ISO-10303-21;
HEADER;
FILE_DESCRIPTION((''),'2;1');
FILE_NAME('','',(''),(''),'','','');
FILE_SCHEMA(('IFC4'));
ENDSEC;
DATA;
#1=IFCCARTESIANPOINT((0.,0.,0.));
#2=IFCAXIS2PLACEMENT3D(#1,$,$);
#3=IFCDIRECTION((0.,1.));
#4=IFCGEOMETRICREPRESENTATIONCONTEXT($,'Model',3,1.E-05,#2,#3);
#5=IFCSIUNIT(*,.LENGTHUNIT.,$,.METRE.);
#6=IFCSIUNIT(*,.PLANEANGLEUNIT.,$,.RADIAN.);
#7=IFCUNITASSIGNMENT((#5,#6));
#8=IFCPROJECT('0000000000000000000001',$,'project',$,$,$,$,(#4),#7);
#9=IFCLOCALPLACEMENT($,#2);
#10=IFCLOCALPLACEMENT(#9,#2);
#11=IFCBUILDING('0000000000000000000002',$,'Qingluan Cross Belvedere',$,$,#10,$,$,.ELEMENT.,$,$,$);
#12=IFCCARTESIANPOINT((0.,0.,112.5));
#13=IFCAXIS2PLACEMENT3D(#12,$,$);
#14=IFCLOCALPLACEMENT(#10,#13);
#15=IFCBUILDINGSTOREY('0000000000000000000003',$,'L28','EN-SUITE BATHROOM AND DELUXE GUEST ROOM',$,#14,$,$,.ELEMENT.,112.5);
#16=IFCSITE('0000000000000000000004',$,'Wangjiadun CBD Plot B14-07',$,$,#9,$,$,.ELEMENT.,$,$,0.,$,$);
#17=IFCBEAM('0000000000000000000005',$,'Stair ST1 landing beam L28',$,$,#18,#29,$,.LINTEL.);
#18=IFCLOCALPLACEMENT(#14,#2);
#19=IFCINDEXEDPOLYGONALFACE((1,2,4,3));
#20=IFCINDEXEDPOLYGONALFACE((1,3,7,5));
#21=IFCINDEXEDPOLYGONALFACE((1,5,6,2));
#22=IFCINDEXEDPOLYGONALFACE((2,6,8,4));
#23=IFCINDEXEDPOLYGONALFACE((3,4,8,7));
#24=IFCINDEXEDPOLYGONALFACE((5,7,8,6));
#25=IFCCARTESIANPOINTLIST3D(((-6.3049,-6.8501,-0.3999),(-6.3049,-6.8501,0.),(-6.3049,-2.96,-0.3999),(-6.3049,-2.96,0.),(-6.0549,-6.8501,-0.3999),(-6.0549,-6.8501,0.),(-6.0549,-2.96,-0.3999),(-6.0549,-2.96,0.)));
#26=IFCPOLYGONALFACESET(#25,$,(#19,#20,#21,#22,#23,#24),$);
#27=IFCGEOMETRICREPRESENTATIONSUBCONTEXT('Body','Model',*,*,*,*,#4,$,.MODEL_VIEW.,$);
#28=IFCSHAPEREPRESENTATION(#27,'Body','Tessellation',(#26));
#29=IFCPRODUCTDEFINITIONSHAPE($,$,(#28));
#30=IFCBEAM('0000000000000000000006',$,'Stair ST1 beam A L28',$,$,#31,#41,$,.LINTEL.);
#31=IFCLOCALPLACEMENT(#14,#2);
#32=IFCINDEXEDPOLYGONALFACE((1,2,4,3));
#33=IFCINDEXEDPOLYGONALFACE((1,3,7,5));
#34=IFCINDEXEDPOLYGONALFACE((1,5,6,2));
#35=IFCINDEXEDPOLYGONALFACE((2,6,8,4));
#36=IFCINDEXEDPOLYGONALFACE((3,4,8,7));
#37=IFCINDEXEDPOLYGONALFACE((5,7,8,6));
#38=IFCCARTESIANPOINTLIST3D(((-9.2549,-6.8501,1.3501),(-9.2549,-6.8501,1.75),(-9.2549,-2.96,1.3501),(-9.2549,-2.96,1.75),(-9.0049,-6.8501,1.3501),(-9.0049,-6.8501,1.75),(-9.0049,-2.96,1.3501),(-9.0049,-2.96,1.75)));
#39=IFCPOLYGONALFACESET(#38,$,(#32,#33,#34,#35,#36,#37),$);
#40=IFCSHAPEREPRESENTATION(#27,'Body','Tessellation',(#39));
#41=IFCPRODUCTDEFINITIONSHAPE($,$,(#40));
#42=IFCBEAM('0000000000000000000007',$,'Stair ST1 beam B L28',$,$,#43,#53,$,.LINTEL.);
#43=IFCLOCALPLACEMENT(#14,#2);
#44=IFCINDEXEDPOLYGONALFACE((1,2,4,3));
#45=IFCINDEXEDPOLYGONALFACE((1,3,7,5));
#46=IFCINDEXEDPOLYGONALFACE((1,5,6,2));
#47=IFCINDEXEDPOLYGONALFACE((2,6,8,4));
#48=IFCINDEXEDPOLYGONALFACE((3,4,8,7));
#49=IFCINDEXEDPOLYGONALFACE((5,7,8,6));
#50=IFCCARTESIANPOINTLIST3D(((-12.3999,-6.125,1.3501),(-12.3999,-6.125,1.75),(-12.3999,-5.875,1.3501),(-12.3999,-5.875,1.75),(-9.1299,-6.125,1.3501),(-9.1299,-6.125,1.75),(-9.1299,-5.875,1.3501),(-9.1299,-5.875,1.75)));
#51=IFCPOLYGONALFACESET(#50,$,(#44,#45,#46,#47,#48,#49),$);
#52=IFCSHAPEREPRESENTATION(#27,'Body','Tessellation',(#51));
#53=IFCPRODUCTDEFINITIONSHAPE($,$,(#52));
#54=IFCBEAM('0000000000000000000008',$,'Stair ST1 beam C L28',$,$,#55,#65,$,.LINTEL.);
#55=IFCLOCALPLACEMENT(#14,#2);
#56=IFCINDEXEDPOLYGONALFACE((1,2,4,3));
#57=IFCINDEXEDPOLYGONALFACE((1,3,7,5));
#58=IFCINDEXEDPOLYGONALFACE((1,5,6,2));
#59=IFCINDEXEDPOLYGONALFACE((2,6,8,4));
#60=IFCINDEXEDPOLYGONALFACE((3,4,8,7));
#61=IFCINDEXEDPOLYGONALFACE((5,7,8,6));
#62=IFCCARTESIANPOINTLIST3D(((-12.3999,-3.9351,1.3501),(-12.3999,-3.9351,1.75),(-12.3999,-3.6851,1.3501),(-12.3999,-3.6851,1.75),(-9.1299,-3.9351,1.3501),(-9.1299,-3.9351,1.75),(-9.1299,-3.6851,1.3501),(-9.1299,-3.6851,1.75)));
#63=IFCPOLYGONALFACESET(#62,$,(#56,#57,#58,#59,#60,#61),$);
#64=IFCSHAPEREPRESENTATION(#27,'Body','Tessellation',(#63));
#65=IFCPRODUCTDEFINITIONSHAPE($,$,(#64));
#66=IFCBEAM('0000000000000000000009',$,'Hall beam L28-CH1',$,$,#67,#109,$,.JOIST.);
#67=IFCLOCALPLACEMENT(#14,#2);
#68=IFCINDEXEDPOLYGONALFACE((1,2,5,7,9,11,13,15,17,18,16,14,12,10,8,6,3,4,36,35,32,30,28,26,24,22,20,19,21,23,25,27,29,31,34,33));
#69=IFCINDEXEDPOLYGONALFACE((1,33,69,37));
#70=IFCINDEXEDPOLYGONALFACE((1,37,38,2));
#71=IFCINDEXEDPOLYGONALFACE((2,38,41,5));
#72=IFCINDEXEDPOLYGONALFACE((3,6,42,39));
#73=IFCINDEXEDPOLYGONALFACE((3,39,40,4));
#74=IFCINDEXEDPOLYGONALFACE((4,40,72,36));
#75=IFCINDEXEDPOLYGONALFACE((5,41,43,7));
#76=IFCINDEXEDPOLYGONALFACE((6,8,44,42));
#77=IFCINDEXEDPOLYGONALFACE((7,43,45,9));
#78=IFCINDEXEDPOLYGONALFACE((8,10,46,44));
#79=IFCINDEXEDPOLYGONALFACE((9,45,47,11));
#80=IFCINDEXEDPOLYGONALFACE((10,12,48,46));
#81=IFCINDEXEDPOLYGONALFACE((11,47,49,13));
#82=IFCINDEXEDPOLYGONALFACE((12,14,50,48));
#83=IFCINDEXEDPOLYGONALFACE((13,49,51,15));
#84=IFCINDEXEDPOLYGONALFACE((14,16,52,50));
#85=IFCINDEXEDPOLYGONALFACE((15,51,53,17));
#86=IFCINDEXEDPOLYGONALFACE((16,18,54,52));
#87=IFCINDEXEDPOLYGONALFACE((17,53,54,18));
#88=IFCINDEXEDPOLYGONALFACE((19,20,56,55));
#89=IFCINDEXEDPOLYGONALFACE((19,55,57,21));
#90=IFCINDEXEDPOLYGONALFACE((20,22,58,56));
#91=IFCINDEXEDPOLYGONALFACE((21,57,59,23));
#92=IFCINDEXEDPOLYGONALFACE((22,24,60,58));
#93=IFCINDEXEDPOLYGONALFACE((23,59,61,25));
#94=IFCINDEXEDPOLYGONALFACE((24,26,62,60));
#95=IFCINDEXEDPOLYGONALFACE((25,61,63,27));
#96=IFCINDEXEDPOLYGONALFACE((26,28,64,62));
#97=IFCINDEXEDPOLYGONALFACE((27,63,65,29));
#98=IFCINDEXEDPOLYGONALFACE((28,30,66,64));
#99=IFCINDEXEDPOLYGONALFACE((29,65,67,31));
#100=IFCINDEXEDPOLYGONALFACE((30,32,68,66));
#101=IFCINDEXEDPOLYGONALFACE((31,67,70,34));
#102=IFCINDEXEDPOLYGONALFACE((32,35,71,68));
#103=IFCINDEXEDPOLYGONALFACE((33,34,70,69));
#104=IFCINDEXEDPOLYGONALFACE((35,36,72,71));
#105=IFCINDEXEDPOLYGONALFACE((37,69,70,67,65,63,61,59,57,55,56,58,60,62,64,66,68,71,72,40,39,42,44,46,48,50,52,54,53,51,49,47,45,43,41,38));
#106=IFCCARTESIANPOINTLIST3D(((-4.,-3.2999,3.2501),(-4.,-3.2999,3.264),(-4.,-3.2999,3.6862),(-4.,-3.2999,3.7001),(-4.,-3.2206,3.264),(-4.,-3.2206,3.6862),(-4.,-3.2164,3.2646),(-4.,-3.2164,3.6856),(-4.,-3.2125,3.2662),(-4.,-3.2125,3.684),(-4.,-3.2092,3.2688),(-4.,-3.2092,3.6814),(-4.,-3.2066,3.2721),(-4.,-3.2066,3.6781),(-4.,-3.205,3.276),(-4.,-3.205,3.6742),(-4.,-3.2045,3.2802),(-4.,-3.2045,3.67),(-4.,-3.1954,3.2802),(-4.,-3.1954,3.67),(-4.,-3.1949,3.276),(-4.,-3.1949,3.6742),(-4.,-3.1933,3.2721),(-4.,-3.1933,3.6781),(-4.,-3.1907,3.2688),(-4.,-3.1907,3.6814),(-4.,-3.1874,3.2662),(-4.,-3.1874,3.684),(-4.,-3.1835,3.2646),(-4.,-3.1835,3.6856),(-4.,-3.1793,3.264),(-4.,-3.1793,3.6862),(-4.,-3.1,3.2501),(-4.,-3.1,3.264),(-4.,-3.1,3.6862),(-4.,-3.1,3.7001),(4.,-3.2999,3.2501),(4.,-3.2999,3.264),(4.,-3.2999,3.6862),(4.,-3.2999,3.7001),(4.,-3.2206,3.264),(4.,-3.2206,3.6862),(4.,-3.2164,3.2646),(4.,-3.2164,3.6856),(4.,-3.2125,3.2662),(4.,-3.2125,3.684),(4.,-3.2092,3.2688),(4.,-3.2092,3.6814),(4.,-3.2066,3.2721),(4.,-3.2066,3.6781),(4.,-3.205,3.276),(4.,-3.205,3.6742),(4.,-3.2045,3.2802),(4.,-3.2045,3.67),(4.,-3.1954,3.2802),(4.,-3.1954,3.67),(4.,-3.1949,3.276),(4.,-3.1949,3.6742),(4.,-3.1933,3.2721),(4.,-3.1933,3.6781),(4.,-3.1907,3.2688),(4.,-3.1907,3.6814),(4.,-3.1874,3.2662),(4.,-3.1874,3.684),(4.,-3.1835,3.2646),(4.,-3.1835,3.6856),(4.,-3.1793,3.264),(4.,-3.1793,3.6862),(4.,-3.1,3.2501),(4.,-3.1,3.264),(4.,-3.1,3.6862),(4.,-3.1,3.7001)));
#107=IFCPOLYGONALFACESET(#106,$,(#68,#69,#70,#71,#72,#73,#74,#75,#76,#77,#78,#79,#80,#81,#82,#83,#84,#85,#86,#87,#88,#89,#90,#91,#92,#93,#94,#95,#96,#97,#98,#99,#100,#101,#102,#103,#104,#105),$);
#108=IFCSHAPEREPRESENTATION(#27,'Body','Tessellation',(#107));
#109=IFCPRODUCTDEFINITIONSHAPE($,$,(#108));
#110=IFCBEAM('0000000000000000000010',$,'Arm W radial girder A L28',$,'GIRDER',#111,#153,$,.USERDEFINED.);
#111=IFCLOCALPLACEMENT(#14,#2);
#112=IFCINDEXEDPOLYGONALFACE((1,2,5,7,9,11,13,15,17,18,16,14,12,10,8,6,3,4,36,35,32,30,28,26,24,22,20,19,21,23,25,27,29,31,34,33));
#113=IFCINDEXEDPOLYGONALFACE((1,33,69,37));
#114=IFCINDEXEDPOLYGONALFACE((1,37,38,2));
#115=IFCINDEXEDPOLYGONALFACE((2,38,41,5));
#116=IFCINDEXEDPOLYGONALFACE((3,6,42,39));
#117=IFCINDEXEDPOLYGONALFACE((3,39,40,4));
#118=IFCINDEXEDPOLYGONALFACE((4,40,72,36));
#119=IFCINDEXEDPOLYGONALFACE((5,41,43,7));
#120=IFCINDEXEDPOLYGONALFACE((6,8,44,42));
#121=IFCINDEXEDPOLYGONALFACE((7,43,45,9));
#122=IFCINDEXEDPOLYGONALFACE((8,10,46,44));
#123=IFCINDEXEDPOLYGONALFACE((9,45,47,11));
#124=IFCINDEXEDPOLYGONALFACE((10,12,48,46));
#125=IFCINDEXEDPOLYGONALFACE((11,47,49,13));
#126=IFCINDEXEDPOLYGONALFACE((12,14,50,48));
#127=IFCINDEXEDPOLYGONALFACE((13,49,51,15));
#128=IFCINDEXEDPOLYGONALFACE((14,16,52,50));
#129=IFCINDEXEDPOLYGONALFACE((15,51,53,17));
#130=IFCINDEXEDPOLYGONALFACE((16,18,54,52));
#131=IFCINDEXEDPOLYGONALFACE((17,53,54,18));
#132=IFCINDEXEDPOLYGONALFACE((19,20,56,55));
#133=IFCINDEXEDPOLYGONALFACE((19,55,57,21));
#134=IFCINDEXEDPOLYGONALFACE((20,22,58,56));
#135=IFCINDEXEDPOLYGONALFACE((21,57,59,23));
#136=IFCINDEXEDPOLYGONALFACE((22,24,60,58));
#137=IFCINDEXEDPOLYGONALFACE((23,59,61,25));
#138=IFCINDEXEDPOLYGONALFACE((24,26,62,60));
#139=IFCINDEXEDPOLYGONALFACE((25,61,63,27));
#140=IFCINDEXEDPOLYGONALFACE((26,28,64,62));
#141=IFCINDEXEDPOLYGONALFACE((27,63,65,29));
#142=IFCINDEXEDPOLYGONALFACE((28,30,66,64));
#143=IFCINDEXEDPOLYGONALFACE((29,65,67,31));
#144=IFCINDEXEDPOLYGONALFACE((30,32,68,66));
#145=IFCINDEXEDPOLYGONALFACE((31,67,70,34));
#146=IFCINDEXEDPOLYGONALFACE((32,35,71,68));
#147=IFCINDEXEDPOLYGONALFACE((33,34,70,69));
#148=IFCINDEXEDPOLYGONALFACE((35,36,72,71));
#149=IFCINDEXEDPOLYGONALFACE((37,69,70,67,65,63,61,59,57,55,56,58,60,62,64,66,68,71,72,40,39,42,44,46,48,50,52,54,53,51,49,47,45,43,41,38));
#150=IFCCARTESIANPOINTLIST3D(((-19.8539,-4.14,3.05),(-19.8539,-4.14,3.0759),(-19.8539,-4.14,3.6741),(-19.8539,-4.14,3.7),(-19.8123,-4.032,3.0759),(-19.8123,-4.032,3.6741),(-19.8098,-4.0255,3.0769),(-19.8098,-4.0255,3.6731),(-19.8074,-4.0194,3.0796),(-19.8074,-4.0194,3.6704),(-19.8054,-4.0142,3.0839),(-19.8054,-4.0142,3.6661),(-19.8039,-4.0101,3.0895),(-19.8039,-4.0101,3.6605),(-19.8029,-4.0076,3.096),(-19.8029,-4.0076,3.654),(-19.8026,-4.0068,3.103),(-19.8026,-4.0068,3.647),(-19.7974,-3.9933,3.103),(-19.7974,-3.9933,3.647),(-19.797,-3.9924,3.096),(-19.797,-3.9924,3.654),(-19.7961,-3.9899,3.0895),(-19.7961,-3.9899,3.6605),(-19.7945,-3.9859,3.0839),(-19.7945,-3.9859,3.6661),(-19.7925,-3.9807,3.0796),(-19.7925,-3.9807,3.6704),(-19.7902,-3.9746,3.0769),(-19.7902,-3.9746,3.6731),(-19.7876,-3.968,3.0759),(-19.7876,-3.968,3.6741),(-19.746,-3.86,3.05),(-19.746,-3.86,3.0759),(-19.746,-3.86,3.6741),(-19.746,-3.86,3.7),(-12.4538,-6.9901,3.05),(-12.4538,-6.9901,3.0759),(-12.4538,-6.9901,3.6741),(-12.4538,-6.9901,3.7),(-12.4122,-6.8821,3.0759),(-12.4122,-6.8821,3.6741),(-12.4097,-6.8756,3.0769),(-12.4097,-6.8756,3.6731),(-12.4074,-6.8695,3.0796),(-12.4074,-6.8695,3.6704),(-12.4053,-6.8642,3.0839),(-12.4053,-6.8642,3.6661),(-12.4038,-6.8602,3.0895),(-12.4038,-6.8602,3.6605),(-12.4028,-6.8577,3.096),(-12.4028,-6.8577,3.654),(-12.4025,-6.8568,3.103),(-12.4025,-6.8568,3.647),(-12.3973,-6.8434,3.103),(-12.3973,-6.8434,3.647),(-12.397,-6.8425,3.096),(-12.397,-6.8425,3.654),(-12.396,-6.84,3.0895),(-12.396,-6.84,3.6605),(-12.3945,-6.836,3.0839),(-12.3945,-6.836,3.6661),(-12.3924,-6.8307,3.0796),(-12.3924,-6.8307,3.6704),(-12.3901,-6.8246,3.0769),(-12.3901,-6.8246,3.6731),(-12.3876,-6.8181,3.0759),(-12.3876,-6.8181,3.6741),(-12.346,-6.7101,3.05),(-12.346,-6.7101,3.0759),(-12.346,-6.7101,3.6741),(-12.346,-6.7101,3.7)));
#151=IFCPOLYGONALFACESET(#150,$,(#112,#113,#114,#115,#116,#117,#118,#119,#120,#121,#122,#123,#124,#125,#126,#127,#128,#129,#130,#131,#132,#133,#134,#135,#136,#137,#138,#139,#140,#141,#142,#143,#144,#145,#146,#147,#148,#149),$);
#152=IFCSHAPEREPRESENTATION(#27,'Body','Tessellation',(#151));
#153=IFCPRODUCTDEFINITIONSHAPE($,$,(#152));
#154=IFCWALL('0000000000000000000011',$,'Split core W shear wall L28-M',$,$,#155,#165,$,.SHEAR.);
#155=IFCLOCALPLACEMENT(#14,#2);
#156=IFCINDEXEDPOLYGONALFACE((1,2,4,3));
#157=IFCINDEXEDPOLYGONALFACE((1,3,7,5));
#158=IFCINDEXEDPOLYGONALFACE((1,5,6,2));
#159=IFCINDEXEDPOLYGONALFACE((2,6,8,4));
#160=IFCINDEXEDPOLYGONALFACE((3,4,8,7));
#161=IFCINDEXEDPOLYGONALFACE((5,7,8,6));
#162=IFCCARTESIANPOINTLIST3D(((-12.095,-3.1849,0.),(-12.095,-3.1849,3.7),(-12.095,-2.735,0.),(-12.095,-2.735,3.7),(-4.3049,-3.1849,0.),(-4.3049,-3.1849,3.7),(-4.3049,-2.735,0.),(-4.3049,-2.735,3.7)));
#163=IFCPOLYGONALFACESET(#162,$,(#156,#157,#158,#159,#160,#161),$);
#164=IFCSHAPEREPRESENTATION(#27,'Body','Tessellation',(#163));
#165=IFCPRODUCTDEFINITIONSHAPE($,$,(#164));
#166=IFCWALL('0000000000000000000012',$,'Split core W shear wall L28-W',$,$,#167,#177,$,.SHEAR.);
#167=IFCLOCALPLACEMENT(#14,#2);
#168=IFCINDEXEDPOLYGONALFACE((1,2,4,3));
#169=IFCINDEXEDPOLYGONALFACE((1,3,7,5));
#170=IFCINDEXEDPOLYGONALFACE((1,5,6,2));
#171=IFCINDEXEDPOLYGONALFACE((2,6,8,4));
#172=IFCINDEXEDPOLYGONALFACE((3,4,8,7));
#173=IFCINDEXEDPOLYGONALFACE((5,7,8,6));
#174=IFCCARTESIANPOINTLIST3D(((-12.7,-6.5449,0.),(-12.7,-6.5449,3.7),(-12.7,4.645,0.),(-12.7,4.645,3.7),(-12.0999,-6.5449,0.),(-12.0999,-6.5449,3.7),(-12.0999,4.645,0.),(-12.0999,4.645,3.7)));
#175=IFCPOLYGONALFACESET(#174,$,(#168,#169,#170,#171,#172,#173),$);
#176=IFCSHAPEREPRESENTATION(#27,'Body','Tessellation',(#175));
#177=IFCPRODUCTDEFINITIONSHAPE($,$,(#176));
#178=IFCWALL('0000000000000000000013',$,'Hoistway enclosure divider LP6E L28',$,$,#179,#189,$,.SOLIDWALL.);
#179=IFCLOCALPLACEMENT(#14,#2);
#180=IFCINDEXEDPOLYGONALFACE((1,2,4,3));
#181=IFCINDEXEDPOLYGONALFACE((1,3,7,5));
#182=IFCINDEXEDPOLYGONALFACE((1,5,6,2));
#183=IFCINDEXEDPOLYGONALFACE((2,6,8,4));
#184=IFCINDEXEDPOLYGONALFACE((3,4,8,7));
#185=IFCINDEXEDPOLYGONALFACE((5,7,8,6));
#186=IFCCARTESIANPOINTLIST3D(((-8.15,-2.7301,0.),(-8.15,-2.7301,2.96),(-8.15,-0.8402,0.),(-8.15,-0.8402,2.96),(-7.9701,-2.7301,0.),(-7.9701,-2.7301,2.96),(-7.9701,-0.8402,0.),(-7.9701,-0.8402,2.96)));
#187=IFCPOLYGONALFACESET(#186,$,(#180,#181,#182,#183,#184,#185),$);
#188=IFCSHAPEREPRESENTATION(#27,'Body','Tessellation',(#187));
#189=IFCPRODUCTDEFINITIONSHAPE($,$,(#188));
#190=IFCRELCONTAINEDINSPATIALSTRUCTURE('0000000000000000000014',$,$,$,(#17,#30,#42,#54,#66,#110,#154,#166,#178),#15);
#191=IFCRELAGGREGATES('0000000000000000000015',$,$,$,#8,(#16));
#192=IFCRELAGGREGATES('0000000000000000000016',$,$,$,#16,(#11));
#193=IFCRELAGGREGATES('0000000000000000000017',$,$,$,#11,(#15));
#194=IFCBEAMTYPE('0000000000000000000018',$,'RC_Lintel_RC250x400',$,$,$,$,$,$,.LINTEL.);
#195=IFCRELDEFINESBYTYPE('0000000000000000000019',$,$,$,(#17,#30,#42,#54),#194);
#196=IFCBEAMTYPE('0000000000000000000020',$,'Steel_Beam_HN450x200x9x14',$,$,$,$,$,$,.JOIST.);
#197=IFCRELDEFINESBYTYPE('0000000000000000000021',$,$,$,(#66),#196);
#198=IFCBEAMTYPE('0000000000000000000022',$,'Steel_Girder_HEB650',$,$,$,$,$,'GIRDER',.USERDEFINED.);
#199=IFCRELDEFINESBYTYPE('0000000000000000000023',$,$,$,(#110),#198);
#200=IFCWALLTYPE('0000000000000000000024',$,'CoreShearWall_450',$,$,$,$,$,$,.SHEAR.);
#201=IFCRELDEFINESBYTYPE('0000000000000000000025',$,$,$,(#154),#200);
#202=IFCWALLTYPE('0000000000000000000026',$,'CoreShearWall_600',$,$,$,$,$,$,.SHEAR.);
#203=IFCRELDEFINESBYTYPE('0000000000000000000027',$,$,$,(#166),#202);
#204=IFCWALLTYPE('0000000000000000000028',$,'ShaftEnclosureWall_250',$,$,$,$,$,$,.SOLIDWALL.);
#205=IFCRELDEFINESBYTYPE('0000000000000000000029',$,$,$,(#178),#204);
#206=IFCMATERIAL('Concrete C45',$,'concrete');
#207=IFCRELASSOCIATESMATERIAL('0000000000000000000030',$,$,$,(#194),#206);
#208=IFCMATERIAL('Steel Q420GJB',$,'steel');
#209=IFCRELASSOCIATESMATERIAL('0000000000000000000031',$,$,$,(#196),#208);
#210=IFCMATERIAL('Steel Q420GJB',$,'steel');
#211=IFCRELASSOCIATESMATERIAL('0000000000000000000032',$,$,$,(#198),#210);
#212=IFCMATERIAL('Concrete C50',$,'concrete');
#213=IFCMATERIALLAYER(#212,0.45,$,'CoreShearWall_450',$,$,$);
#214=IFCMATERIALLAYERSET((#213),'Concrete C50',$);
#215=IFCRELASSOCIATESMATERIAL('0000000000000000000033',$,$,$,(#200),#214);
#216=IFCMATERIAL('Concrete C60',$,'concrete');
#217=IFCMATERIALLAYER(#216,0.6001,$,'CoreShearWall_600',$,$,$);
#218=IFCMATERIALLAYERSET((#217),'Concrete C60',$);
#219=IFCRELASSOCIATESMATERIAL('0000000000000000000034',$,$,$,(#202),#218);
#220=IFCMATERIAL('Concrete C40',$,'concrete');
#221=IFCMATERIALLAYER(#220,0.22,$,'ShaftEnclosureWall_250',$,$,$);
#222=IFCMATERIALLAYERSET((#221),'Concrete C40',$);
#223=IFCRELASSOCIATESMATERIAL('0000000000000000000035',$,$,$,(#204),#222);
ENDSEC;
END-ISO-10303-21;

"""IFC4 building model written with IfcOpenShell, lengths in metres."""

from ifc_helpers import new_model, si_unit, direction, frame, frame_2d, origin, origin_2d, place, context, subcontext, project, spatial, rectangle, i_section, extrude, material, layer, layer_set, material_profile, profile_set, type_object, element, save


model = new_model("IFC4")

# Units and contexts
model_context = context("Model", 3, precision=1e-05, world=origin(), true_north=direction((0.0, 1.0)))
body_context = subcontext(model_context, "Body", "Model", "MODEL_VIEW")
ifc_project = project(units=[si_unit("LENGTHUNIT", "METRE"), si_unit("PLANEANGLEUNIT", "RADIAN")], contexts=[model_context])

# Site, building, storey
site_placement = place(None, origin())
site = spatial("IfcSite", under=ifc_project, at=site_placement, Name="Wangjiadun CBD Plot B14-07", CompositionType="ELEMENT", RefElevation=0.0)
building_placement = place(site_placement, origin())
building = spatial("IfcBuilding", under=site, at=building_placement, Name="Qingluan Cross Belvedere", CompositionType="ELEMENT")
storey_placement = place(building_placement, frame((0.0, 0.0, 112.5)))
storey = spatial("IfcBuildingStorey", under=building, at=storey_placement, Name="L28", Description="EN-SUITE BATHROOM AND DELUXE GUEST ROOM", CompositionType="ELEMENT", Elevation=112.5)

# Beams
ifc_material_1 = material(Name="Concrete C45", Category="concrete")
ifc_material_profile_1 = material_profile(ifc_material_1, rectangle(XDim=0.25, YDim=0.3999, at=origin_2d()), Name="RC250x400")
ifc_profile_set_1 = profile_set([ifc_material_profile_1], Name="Concrete C45")
beam_type_1 = type_object("IfcBeamType", Name="RC_Lintel_RC250x400", PredefinedType="LINTEL", material=ifc_profile_set_1)
for number, where, z_axis, x_axis, name in (
    (1, (-6.1799, -6.8501, -0.2), (0.0, 1.0, 0.0), (-1.0, 0.0, 0.0), "Stair ST1 landing beam L28"),
    (2, (-9.1299, -6.8501, 1.55), (0.0, 1.0, 0.0), (-1.0, 0.0, 0.0), "Stair ST1 beam A L28"),
):
    element("IfcBeam", number, at=place(storey_placement, frame(where, z_axis=z_axis, x_axis=x_axis)), inside=storey, type_object=beam_type_1, Name=name, PredefinedType="LINTEL", context=body_context, shape_type="SweptSolid", body=[
        extrude(rectangle(XDim=0.25, YDim=0.3999, at=origin_2d()), origin(), (0.0, 0.0, 1.0), 3.8901),
    ])
for number, where, z_axis, x_axis, name in (
    (3, (-12.3999, -6.0, 1.55), (1.0, 0.0, 0.0), (0.0, 1.0, 0.0), "Stair ST1 beam B L28"),
    (4, (-12.3999, -3.8101, 1.55), (1.0, 0.0, 0.0), (0.0, 1.0, 0.0), "Stair ST1 beam C L28"),
):
    element("IfcBeam", number, at=place(storey_placement, frame(where, z_axis=z_axis, x_axis=x_axis)), inside=storey, type_object=beam_type_1, Name=name, PredefinedType="LINTEL", context=body_context, shape_type="SweptSolid", body=[
        extrude(rectangle(XDim=0.25, YDim=0.3999, at=origin_2d()), origin(), (0.0, 0.0, 1.0), 3.27),
    ])
ifc_material_2 = material(Name="Steel Q420GJB", Category="steel")
ifc_material_profile_2 = material_profile(ifc_material_2, i_section(OverallWidth=0.2, OverallDepth=0.45, WebThickness=0.009, FlangeThickness=0.0139, FilletRadius=0.0161, at=origin_2d()), Name="HN450x200x9x14")
ifc_profile_set_2 = profile_set([ifc_material_profile_2], Name="Steel Q420GJB")
beam_type_2 = type_object("IfcBeamType", Name="Steel_Beam_HN450x200x9x14", PredefinedType="JOIST", material=ifc_profile_set_2)
beam_1_placement = place(storey_placement, frame((-4.0, -3.2, 3.4751), z_axis=(1.0, 0.0, 0.0), x_axis=(0.0, 1.0, 0.0)))
element("IfcBeam", 5, at=beam_1_placement, inside=storey, type_object=beam_type_2, Name="Hall beam L28-CH1", PredefinedType="JOIST", context=body_context, shape_type="SweptSolid", body=[
    extrude(i_section(OverallWidth=0.2, OverallDepth=0.45, WebThickness=0.009, FlangeThickness=0.0139, FilletRadius=0.0161, at=origin_2d()), origin(), (0.0, 0.0, 1.0), 8.0),
])
ifc_material_3 = material(Name="Steel Q420GJB", Category="steel")
ifc_material_profile_3 = material_profile(ifc_material_3, i_section(OverallWidth=0.3, OverallDepth=0.6499, WebThickness=0.0144, FlangeThickness=0.0259, FilletRadius=0.0271, at=origin_2d()), Name="HEB650")
ifc_profile_set_3 = profile_set([ifc_material_profile_3], Name="Steel Q420GJB")
beam_type_3 = type_object("IfcBeamType", Name="Steel_Girder_HEB650", ElementType="GIRDER", PredefinedType="USERDEFINED", material=ifc_profile_set_3)
beam_2_placement = place(storey_placement, frame((-12.3999, -6.8501, 3.375), z_axis=(-0.933181, 0.359406, 0.0), x_axis=(-0.359406, -0.933181, 0.0)))
element("IfcBeam", 6, at=beam_2_placement, inside=storey, type_object=beam_type_3, Name="Arm W radial girder A L28", ObjectType="GIRDER", PredefinedType="USERDEFINED", context=body_context, shape_type="SweptSolid", body=[
    extrude(i_section(OverallWidth=0.3, OverallDepth=0.6499, WebThickness=0.0144, FlangeThickness=0.0259, FilletRadius=0.0271, at=origin_2d()), origin(), (0.0, 0.0, 1.0), 7.9299),
])

# Walls
ifc_material_4 = material(Name="Concrete C50", Category="concrete")
ifc_layer_1 = layer(ifc_material_4, 0.45, Name="CoreShearWall_450")
ifc_layer_set_1 = layer_set([ifc_layer_1], Name="Concrete C50")
wall_type_1 = type_object("IfcWallType", Name="CoreShearWall_450", PredefinedType="SHEAR", material=ifc_layer_set_1)
wall_1_placement = place(storey_placement, frame((-12.095, -2.96, 0.0), z_axis=(0.0, 0.0, 1.0), x_axis=(1.0, 0.0, 0.0)))
element("IfcWall", 7, at=wall_1_placement, inside=storey, type_object=wall_type_1, Name="Split core W shear wall L28-M", PredefinedType="SHEAR", context=body_context, shape_type="SweptSolid", body=[
    extrude(rectangle(XDim=7.79, YDim=0.45, at=frame_2d((3.895, 0.0))), origin(), (0.0, 0.0, 1.0), 3.7),
])
ifc_material_5 = material(Name="Concrete C60", Category="concrete")
ifc_layer_2 = layer(ifc_material_5, 0.6001, Name="CoreShearWall_600")
ifc_layer_set_2 = layer_set([ifc_layer_2], Name="Concrete C60")
wall_type_2 = type_object("IfcWallType", Name="CoreShearWall_600", PredefinedType="SHEAR", material=ifc_layer_set_2)
wall_2_placement = place(storey_placement, frame((-12.3999, -6.5449, 0.0), z_axis=(0.0, 0.0, 1.0), x_axis=(0.0, 1.0, 0.0)))
element("IfcWall", 8, at=wall_2_placement, inside=storey, type_object=wall_type_2, Name="Split core W shear wall L28-W", PredefinedType="SHEAR", context=body_context, shape_type="SweptSolid", body=[
    extrude(rectangle(XDim=11.1899, YDim=0.6001, at=frame_2d((5.595, 0.0))), origin(), (0.0, 0.0, 1.0), 3.7),
])

# Shared definitions
ifc_material_6 = material(Name="Concrete C40", Category="concrete")
ifc_layer_3 = layer(ifc_material_6, 0.22, Name="ShaftEnclosureWall_250")
ifc_layer_set_3 = layer_set([ifc_layer_3], Name="Concrete C40")
wall_type_3 = type_object("IfcWallType", Name="ShaftEnclosureWall_250", PredefinedType="SOLIDWALL", material=ifc_layer_set_3)

# Wall
for number, where, z_axis, x_axis, name in (
    (9, (-8.0601, -2.73, 0.0), (0.0, 0.0, 1.0), (0.0, 1.0, 0.0), "Hoistway enclosure divider LP6E L28"),
):
    element("IfcWall", number, at=place(storey_placement, frame(where, z_axis=z_axis, x_axis=x_axis)), inside=storey, type_object=wall_type_3, Name=name, PredefinedType="SOLIDWALL", context=body_context, shape_type="SweptSolid", body=[
        extrude(rectangle(XDim=1.8899, YDim=0.1799, at=frame_2d((0.9448, 0.0))), origin(), (0.0, 0.0, 1.0), 2.96),
    ])

save(model, "model.ifc")
